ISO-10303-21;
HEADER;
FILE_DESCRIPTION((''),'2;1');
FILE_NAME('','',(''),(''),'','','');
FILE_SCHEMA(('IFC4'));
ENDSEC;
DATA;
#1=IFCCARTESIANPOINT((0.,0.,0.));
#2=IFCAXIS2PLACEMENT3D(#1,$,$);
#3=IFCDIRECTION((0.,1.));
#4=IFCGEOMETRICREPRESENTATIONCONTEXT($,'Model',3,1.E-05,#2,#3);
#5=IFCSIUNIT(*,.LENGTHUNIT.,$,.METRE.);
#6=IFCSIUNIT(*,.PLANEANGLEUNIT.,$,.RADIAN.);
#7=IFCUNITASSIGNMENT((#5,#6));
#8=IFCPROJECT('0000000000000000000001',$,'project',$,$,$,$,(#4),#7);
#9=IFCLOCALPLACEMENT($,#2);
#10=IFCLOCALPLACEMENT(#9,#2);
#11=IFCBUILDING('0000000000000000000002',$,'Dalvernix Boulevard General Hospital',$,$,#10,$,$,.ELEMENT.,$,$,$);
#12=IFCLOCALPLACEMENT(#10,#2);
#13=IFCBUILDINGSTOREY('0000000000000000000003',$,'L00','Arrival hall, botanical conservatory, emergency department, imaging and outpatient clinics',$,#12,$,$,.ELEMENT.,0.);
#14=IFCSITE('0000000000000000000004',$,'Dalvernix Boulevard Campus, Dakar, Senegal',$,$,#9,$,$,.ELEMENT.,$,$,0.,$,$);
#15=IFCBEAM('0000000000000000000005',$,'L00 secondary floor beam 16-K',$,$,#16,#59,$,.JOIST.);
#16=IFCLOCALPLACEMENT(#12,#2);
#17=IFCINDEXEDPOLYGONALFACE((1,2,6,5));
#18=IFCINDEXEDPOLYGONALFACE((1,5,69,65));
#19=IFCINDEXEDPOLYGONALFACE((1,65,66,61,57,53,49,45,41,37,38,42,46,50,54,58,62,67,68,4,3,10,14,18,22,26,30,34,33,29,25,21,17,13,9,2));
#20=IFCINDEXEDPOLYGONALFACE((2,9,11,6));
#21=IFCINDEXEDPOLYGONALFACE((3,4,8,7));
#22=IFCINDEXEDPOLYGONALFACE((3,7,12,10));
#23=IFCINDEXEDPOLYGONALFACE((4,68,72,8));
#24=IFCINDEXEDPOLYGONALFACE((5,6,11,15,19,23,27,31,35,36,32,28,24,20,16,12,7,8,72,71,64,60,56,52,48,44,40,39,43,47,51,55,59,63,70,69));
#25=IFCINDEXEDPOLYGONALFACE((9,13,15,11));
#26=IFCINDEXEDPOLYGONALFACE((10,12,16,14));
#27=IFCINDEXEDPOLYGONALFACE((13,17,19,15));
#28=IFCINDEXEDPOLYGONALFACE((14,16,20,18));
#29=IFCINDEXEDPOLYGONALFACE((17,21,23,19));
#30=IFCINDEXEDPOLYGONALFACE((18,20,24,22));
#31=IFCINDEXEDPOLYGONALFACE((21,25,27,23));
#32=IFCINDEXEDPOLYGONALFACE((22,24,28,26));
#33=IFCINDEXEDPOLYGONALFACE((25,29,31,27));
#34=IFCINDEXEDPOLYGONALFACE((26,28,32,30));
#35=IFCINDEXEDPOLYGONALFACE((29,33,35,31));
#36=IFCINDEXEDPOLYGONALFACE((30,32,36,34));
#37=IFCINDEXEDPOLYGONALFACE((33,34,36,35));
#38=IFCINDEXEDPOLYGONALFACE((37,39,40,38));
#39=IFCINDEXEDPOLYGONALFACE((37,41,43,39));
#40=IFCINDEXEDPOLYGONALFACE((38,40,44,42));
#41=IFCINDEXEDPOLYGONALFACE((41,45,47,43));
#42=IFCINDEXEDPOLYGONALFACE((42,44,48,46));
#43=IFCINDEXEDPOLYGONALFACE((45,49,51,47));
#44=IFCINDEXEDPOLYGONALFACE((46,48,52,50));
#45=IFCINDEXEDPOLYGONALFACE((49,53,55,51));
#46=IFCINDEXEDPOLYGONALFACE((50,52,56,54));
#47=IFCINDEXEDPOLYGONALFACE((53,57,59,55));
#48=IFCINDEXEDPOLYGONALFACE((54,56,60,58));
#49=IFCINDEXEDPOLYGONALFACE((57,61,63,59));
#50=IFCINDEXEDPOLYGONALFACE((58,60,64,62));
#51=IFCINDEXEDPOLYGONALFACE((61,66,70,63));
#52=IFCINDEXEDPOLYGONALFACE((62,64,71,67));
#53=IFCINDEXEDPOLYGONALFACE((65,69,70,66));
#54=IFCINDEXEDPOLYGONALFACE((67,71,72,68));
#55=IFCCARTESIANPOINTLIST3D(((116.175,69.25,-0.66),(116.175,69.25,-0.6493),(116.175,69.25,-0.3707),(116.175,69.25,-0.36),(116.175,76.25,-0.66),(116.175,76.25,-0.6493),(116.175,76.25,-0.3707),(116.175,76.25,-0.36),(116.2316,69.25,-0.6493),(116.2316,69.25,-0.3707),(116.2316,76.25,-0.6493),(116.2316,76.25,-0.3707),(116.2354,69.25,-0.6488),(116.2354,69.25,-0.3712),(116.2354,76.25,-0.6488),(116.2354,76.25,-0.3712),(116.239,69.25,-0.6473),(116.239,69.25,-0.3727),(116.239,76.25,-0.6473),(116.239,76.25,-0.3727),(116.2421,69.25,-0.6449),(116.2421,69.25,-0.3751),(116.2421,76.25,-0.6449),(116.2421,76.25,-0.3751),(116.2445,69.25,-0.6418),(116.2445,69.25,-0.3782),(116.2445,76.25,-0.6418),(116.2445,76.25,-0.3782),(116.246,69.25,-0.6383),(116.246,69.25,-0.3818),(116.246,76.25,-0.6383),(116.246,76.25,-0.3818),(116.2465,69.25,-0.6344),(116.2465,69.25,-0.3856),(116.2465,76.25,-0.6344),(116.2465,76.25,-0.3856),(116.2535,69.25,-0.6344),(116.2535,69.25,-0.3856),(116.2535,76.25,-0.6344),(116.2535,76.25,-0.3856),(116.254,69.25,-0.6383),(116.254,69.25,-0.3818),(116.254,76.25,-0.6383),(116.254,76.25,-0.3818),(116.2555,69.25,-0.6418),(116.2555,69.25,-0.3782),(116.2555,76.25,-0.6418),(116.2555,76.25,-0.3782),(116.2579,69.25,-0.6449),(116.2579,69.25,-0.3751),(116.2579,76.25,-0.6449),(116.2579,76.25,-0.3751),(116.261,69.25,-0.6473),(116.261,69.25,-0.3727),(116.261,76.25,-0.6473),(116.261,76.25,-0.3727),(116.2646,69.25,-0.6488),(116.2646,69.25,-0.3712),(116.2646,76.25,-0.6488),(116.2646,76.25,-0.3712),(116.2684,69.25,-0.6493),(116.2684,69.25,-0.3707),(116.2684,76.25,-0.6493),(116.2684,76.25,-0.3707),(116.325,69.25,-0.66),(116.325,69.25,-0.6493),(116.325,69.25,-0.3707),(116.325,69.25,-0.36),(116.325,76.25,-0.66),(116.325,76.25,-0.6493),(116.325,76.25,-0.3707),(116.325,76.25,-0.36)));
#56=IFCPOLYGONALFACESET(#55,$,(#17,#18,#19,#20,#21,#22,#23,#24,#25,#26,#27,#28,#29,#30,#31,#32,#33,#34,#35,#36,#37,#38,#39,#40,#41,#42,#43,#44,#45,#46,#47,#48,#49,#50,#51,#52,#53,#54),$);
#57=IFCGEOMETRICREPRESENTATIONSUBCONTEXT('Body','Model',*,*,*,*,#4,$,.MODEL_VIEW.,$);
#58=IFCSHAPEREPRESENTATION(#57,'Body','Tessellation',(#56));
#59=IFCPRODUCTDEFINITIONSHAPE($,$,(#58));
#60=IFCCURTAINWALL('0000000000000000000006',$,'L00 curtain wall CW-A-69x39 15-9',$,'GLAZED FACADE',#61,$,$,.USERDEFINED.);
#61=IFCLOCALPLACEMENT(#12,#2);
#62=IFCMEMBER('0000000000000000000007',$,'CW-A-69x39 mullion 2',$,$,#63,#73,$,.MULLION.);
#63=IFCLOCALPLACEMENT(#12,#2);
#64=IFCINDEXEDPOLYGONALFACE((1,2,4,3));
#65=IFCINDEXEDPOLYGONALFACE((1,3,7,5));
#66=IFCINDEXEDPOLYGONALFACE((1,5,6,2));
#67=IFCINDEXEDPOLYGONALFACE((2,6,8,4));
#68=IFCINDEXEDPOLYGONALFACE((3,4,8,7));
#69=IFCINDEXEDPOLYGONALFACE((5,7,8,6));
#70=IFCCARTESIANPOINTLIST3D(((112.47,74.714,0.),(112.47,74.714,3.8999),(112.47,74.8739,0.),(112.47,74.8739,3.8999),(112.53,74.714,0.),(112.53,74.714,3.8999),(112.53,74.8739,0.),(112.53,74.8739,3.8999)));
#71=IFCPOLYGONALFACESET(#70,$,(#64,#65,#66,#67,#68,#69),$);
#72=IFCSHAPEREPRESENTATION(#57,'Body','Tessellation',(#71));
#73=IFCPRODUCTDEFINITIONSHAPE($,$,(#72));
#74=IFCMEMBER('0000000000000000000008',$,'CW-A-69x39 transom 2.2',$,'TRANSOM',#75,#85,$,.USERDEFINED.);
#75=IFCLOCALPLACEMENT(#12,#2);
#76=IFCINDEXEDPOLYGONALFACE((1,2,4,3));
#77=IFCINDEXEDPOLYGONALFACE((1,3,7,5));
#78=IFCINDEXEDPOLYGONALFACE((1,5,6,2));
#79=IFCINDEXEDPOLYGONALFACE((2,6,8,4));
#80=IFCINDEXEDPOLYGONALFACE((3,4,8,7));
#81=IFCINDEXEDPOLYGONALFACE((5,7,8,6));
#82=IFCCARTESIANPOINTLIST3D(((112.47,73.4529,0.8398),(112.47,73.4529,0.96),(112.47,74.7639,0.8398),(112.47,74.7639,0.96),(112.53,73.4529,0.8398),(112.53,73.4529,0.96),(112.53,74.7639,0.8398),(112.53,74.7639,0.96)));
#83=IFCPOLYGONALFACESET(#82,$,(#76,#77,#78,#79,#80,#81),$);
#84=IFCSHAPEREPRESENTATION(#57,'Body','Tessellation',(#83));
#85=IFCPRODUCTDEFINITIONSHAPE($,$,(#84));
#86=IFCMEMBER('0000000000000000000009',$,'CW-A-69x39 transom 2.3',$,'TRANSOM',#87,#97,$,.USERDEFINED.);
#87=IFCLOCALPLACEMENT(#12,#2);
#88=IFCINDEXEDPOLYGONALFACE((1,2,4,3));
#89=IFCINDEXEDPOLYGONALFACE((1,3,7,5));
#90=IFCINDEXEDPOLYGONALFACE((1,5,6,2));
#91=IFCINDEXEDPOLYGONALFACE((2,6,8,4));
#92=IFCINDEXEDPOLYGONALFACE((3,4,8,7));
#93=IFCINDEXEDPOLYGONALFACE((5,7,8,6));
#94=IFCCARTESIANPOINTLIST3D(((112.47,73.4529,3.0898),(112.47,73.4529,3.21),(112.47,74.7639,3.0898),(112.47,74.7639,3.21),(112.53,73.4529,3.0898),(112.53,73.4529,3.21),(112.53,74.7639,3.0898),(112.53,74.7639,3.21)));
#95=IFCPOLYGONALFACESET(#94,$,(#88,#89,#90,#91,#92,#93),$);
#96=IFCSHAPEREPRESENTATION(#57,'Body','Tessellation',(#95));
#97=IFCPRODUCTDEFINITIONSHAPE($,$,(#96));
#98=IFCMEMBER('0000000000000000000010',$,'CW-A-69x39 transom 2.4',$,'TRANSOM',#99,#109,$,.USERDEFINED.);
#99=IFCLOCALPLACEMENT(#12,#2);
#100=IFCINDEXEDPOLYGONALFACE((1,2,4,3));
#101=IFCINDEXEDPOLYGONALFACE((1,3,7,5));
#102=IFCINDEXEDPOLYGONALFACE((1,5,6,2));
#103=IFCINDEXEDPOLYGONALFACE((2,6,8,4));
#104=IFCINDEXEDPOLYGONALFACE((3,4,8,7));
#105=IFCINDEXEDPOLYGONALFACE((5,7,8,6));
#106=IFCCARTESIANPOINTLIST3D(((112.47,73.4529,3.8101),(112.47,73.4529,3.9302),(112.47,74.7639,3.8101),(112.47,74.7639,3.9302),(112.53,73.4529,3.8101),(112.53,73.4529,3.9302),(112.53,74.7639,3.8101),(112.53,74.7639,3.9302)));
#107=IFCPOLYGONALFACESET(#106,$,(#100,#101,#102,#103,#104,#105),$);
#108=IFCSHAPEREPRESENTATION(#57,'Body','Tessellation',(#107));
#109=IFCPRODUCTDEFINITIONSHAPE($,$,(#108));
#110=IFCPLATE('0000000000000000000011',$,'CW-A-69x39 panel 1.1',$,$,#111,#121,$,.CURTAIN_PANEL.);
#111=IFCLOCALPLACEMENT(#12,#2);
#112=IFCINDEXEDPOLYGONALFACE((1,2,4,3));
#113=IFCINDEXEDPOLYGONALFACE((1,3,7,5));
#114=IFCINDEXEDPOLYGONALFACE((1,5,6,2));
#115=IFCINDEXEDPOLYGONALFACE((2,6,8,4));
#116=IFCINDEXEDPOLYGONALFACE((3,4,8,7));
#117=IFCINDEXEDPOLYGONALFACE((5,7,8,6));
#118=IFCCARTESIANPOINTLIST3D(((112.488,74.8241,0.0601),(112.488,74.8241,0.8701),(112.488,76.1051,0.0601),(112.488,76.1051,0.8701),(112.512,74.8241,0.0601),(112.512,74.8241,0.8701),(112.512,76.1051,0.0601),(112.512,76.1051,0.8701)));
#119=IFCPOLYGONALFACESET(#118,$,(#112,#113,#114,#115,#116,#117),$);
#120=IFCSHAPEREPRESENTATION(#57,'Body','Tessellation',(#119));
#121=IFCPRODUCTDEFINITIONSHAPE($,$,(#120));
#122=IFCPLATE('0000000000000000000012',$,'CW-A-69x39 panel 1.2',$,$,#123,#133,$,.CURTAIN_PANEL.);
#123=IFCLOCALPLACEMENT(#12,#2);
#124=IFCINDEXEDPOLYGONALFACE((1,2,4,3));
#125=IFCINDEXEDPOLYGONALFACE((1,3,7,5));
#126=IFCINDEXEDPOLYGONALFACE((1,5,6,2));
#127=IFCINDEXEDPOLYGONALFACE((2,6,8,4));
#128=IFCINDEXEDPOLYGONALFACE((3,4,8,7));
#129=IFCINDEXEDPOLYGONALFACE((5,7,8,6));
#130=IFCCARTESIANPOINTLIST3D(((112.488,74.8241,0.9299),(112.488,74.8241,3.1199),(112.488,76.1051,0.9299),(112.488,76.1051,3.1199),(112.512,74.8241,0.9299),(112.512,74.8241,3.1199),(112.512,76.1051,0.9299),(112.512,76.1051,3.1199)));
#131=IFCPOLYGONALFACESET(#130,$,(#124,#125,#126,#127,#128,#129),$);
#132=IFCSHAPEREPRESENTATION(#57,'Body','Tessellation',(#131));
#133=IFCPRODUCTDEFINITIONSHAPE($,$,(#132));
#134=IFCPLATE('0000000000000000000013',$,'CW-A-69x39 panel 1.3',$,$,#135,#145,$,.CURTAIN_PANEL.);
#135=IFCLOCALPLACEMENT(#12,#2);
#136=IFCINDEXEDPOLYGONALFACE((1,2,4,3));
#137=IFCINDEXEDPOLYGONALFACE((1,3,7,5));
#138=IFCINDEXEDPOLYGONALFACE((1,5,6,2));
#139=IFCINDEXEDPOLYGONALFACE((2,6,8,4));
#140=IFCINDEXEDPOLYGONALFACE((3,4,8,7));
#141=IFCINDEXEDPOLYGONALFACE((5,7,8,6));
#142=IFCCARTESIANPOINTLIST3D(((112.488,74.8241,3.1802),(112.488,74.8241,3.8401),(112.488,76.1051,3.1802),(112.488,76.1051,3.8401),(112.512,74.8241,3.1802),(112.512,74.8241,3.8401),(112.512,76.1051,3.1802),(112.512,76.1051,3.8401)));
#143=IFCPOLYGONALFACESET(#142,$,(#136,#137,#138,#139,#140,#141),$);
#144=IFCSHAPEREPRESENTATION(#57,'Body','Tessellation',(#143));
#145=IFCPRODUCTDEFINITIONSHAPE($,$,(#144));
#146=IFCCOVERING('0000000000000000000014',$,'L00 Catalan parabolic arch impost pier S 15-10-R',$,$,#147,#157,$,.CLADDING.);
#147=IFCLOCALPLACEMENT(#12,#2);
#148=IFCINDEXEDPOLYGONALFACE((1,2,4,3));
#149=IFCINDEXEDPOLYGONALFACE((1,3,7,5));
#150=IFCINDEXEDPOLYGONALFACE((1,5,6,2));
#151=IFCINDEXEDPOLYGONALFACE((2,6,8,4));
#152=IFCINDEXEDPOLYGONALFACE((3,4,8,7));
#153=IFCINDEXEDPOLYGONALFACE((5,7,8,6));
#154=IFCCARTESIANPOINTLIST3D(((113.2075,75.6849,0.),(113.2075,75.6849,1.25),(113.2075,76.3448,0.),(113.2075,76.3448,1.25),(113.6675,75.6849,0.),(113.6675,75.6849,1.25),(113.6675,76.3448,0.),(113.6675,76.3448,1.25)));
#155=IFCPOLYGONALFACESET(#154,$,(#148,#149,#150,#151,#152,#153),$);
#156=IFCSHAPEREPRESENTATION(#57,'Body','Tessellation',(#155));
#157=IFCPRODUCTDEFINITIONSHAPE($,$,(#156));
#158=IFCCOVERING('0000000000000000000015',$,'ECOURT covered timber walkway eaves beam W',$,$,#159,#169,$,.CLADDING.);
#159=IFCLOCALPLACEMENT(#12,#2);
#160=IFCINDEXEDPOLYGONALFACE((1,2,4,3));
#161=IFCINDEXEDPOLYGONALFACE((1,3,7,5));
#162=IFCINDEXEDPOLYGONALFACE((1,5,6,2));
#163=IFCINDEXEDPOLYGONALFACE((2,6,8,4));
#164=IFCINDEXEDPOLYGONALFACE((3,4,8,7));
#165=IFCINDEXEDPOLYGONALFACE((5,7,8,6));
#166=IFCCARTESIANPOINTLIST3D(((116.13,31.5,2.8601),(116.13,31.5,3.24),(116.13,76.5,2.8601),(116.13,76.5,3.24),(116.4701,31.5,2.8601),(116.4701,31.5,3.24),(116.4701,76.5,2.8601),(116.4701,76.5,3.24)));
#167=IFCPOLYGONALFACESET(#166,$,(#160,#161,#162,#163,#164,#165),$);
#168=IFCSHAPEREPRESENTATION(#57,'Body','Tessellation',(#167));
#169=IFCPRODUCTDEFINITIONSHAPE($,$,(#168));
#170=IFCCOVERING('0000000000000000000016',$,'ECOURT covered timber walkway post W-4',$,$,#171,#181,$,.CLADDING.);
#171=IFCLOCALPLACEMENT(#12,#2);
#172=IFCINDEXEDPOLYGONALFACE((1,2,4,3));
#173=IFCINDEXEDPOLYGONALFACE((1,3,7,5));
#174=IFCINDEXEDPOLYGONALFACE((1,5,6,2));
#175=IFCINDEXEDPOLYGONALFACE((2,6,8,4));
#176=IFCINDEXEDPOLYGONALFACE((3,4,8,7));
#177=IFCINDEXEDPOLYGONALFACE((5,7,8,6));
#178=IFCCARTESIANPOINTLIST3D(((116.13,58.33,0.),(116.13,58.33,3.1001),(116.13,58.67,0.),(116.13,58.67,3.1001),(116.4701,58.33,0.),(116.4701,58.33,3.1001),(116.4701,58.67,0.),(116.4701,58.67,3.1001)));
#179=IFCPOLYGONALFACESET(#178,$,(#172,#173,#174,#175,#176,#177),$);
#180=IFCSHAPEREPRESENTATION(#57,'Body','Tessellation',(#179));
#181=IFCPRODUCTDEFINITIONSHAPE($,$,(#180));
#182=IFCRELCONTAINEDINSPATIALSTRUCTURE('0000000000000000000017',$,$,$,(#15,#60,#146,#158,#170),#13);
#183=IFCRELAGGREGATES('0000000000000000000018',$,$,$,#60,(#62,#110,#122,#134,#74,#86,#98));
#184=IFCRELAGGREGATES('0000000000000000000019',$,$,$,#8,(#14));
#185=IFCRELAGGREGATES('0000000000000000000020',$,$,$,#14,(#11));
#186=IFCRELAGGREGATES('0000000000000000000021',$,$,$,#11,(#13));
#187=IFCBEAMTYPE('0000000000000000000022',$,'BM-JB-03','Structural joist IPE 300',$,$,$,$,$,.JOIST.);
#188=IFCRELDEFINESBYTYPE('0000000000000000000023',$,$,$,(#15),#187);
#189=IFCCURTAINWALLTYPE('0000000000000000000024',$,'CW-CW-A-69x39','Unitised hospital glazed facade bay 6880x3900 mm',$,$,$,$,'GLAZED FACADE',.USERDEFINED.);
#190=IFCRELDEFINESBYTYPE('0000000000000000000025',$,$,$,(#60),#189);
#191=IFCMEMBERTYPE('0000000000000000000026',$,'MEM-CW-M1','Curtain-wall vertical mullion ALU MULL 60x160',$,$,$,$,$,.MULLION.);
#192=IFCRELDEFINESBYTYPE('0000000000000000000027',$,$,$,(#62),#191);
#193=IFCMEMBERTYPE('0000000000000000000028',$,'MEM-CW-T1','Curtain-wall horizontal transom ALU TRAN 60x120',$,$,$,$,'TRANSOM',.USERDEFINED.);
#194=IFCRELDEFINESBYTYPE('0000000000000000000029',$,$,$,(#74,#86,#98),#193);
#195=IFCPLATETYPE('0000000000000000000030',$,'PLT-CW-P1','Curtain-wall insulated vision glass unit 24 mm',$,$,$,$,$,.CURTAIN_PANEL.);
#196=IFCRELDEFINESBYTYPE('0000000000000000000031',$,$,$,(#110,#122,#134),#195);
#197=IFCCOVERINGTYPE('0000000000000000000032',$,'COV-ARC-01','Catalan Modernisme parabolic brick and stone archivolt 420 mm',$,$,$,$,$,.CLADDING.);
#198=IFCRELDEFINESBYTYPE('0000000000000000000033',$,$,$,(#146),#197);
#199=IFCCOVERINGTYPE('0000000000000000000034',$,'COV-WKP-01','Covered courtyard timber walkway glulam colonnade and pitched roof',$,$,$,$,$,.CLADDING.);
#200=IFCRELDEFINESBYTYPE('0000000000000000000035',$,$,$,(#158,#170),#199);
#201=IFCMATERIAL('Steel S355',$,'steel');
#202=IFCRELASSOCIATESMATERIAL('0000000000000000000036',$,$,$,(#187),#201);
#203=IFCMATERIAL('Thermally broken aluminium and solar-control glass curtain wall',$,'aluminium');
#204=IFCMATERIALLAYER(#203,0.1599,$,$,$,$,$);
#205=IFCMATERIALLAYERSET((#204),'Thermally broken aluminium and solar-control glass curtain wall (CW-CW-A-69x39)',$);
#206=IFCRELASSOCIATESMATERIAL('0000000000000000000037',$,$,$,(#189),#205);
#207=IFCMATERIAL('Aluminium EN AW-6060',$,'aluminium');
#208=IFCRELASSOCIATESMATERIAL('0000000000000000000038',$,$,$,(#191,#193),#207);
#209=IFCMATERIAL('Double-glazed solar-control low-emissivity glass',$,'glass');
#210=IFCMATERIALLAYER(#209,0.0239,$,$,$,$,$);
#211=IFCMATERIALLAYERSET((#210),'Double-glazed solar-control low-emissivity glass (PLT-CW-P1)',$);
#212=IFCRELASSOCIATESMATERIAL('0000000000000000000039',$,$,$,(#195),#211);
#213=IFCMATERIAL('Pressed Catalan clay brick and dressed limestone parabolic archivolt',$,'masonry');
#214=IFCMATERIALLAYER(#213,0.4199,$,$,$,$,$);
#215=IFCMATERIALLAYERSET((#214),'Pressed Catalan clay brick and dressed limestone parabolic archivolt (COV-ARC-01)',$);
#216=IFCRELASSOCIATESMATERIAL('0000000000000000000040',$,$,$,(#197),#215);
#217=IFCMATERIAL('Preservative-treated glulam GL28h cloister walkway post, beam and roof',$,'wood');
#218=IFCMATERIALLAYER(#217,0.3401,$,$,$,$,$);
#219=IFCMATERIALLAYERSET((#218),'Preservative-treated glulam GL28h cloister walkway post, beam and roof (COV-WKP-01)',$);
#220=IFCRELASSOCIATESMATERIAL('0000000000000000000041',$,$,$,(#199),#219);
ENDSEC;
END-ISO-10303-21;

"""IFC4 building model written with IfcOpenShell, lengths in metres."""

from ifc_helpers import new_model, si_unit, direction, frame, origin, origin_2d, place, context, subcontext, project, spatial, rectangle, i_section, extrude, material, layer, layer_set, material_profile, profile_set, type_object, element, aggregate, save


model = new_model("IFC4")

# Units and contexts
model_context = context("Model", 3, precision=1e-05, world=origin(), true_north=direction((0.0, 1.0)))
body_context = subcontext(model_context, "Body", "Model", "MODEL_VIEW")
ifc_project = project(units=[si_unit("LENGTHUNIT", "METRE"), si_unit("PLANEANGLEUNIT", "RADIAN")], contexts=[model_context])

# Site, building, storey
site_placement = place(None, origin())
site = spatial("IfcSite", under=ifc_project, at=site_placement, Name="Dalvernix Boulevard Campus, Dakar, Senegal", CompositionType="ELEMENT", RefElevation=0.0)
building_placement = place(site_placement, origin())
building = spatial("IfcBuilding", under=site, at=building_placement, Name="Dalvernix Boulevard General Hospital", CompositionType="ELEMENT")
storey_placement = place(building_placement, origin())
storey = spatial("IfcBuildingStorey", under=building, at=storey_placement, Name="L00", Description="Arrival hall, botanical conservatory, emergency department, imaging and outpatient clinics", CompositionType="ELEMENT", Elevation=0.0)

# Beam
ifc_material_1 = material(Name="Steel S355", Category="steel")
ifc_material_profile_1 = material_profile(ifc_material_1, i_section(OverallWidth=0.1499, OverallDepth=0.3, WebThickness=0.0071, FlangeThickness=0.0107, FilletRadius=0.0149, at=origin_2d()), Name="IPE 300")
ifc_profile_set_1 = profile_set([ifc_material_profile_1], Name="Steel S355")
beam_type_1 = type_object("IfcBeamType", Name="BM-JB-03", Description="Structural joist IPE 300", PredefinedType="JOIST", material=ifc_profile_set_1)
for number, where, z_axis, x_axis, name in (
    (1, (116.25, 69.25, -0.51), (0.0, 1.0, 0.0), (-1.0, 0.0, 0.0), "L00 secondary floor beam 16-K"),
):
    element("IfcBeam", number, at=place(storey_placement, frame(where, z_axis=z_axis, x_axis=x_axis)), inside=storey, type_object=beam_type_1, Name=name, PredefinedType="JOIST", context=body_context, shape_type="SweptSolid", body=[
        extrude(i_section(OverallWidth=0.1499, OverallDepth=0.3, WebThickness=0.0071, FlangeThickness=0.0107, FilletRadius=0.0149, at=origin_2d()), origin(), (0.0, 0.0, 1.0), 7.0),
    ])

# Curtain wall, members, plates
ifc_material_2 = material(Name="Thermally broken aluminium and solar-control glass curtain wall", Category="aluminium")
ifc_layer_1 = layer(ifc_material_2, 0.1599)
ifc_layer_set_1 = layer_set([ifc_layer_1], Name="Thermally broken aluminium and solar-control glass curtain wall (CW-CW-A-69x39)")
curtain_wall_type = type_object("IfcCurtainWallType", Name="CW-CW-A-69x39", Description="Unitised hospital glazed facade bay 6880x3900 mm", ElementType="GLAZED FACADE", PredefinedType="USERDEFINED", material=ifc_layer_set_1)
curtain_wall_placement = place(storey_placement, origin())
curtain_wall = element("IfcCurtainWall", 2, at=curtain_wall_placement, inside=storey, type_object=curtain_wall_type, Name="L00 curtain wall CW-A-69x39 15-9", ObjectType="GLAZED FACADE", PredefinedType="USERDEFINED")
ifc_material_3 = material(Name="Aluminium EN AW-6060", Category="aluminium")
ifc_material_profile_2 = material_profile(ifc_material_3, rectangle(XDim=0.0601, YDim=0.1599, at=origin_2d()), Name="ALU MULL 60x160")
ifc_profile_set_2 = profile_set([ifc_material_profile_2], Name="Aluminium EN AW-6060")
member_type_1 = type_object("IfcMemberType", Name="MEM-CW-M1", Description="Curtain-wall vertical mullion ALU MULL 60x160", PredefinedType="MULLION", material=ifc_profile_set_2)
member_1_placement = place(storey_placement, frame((112.5, 74.7939, 0.0), z_axis=(0.0, 0.0, 1.0), x_axis=(1.0, 0.0, 0.0)))
member_1 = element("IfcMember", 3, at=member_1_placement, type_object=member_type_1, Name="CW-A-69x39 mullion 2", PredefinedType="MULLION", context=body_context, shape_type="SweptSolid", body=[
    extrude(rectangle(XDim=0.0601, YDim=0.1599, at=origin_2d()), origin(), (0.0, 0.0, 1.0), 3.8999),
])
ifc_material_profile_3 = material_profile(ifc_material_3, rectangle(XDim=0.0601, YDim=0.1201, at=origin_2d()), Name="ALU TRAN 60x120")
ifc_profile_set_3 = profile_set([ifc_material_profile_3], Name="Aluminium EN AW-6060")
member_type_2 = type_object("IfcMemberType", Name="MEM-CW-T1", Description="Curtain-wall horizontal transom ALU TRAN 60x120", ElementType="TRANSOM", PredefinedType="USERDEFINED", material=ifc_profile_set_3)
member_2_placement = place(storey_placement, frame((112.5, 74.7639, 0.8999), z_axis=(0.0, -1.0, 0.0), x_axis=(1.0, 0.0, 0.0)))
member_2 = element("IfcMember", 4, at=member_2_placement, type_object=member_type_2, Name="CW-A-69x39 transom 2.2", ObjectType="TRANSOM", PredefinedType="USERDEFINED", context=body_context, shape_type="SweptSolid", body=[
    extrude(rectangle(XDim=0.0601, YDim=0.1201, at=origin_2d()), origin(), (0.0, 0.0, 1.0), 1.311),
])
member_3_placement = place(storey_placement, frame((112.5, 74.7639, 3.1499), z_axis=(0.0, -1.0, 0.0), x_axis=(1.0, 0.0, 0.0)))
member_3 = element("IfcMember", 5, at=member_3_placement, type_object=member_type_2, Name="CW-A-69x39 transom 2.3", ObjectType="TRANSOM", PredefinedType="USERDEFINED", context=body_context, shape_type="SweptSolid", body=[
    extrude(rectangle(XDim=0.0601, YDim=0.1201, at=origin_2d()), origin(), (0.0, 0.0, 1.0), 1.311),
])
member_4_placement = place(storey_placement, frame((112.5, 74.7639, 3.8701), z_axis=(0.0, -1.0, 0.0), x_axis=(1.0, 0.0, 0.0)))
member_4 = element("IfcMember", 6, at=member_4_placement, type_object=member_type_2, Name="CW-A-69x39 transom 2.4", ObjectType="TRANSOM", PredefinedType="USERDEFINED", context=body_context, shape_type="SweptSolid", body=[
    extrude(rectangle(XDim=0.0601, YDim=0.1201, at=origin_2d()), origin(), (0.0, 0.0, 1.0), 1.311),
])
ifc_material_4 = material(Name="Double-glazed solar-control low-emissivity glass", Category="glass")
ifc_layer_2 = layer(ifc_material_4, 0.0239)
ifc_layer_set_2 = layer_set([ifc_layer_2], Name="Double-glazed solar-control low-emissivity glass (PLT-CW-P1)")
plate_type = type_object("IfcPlateType", Name="PLT-CW-P1", Description="Curtain-wall insulated vision glass unit 24 mm", PredefinedType="CURTAIN_PANEL", material=ifc_layer_set_2)
plate_1_placement = place(storey_placement, frame((112.5, 75.4646, 0.0601), z_axis=(0.0, 0.0, 1.0), x_axis=(0.0, -1.0, 0.0)))
plate_1 = element("IfcPlate", 7, at=plate_1_placement, type_object=plate_type, Name="CW-A-69x39 panel 1.1", PredefinedType="CURTAIN_PANEL", context=body_context, shape_type="SweptSolid", body=[
    extrude(rectangle(XDim=1.281, YDim=0.0239, at=origin_2d()), origin(), (0.0, 0.0, 1.0), 0.8101),
])
plate_2_placement = place(storey_placement, frame((112.5, 75.4646, 0.9299), z_axis=(0.0, 0.0, 1.0), x_axis=(0.0, -1.0, 0.0)))
plate_2 = element("IfcPlate", 8, at=plate_2_placement, type_object=plate_type, Name="CW-A-69x39 panel 1.2", PredefinedType="CURTAIN_PANEL", context=body_context, shape_type="SweptSolid", body=[
    extrude(rectangle(XDim=1.281, YDim=0.0239, at=origin_2d()), origin(), (0.0, 0.0, 1.0), 2.1899),
])
plate_3_placement = place(storey_placement, frame((112.5, 75.4646, 3.1802), z_axis=(0.0, 0.0, 1.0), x_axis=(0.0, -1.0, 0.0)))
plate_3 = element("IfcPlate", 9, at=plate_3_placement, type_object=plate_type, Name="CW-A-69x39 panel 1.3", PredefinedType="CURTAIN_PANEL", context=body_context, shape_type="SweptSolid", body=[
    extrude(rectangle(XDim=1.281, YDim=0.0239, at=origin_2d()), origin(), (0.0, 0.0, 1.0), 0.6599),
])
aggregate(curtain_wall, [member_1, plate_1, plate_2, plate_3, member_2, member_3, member_4])

# Coverings
ifc_material_5 = material(Name="Pressed Catalan clay brick and dressed limestone parabolic archivolt", Category="masonry")
ifc_layer_3 = layer(ifc_material_5, 0.4199)
ifc_layer_set_3 = layer_set([ifc_layer_3], Name="Pressed Catalan clay brick and dressed limestone parabolic archivolt (COV-ARC-01)")
covering_type_1 = type_object("IfcCoveringType", Name="COV-ARC-01", Description="Catalan Modernisme parabolic brick and stone archivolt 420 mm", PredefinedType="CLADDING", material=ifc_layer_set_3)
covering_1_placement = place(storey_placement, frame((113.4375, 76.0149, 0.0), z_axis=(0.0, 0.0, 1.0), x_axis=(-1.0, 0.0, 0.0)))
element("IfcCovering", 10, at=covering_1_placement, inside=storey, type_object=covering_type_1, Name="L00 Catalan parabolic arch impost pier S 15-10-R", PredefinedType="CLADDING", context=body_context, shape_type="SweptSolid", body=[
    extrude(rectangle(XDim=0.46, YDim=0.6599, at=origin_2d()), origin(), (0.0, 0.0, 1.0), 1.25),
])
ifc_material_6 = material(Name="Preservative-treated glulam GL28h cloister walkway post, beam and roof", Category="wood")
ifc_layer_4 = layer(ifc_material_6, 0.3401)
ifc_layer_set_4 = layer_set([ifc_layer_4], Name="Preservative-treated glulam GL28h cloister walkway post, beam and roof (COV-WKP-01)")
covering_type_2 = type_object("IfcCoveringType", Name="COV-WKP-01", Description="Covered courtyard timber walkway glulam colonnade and pitched roof", PredefinedType="CLADDING", material=ifc_layer_set_4)
covering_2_placement = place(storey_placement, frame((116.3, 54.0, 2.8601), z_axis=(0.0, 0.0, 1.0), x_axis=(1.0, 0.0, 0.0)))
element("IfcCovering", 11, at=covering_2_placement, inside=storey, type_object=covering_type_2, Name="ECOURT covered timber walkway eaves beam W", PredefinedType="CLADDING", context=body_context, shape_type="SweptSolid", body=[
    extrude(rectangle(XDim=0.3401, YDim=45.0, at=origin_2d()), origin(), (0.0, 0.0, 1.0), 0.3799),
])
for number, where, z_axis, x_axis, name in (
    (12, (116.3, 58.5, 0.0), (0.0, 0.0, 1.0), (1.0, 0.0, 0.0), "ECOURT covered timber walkway post W-4"),
):
    element("IfcCovering", number, at=place(storey_placement, frame(where, z_axis=z_axis, x_axis=x_axis)), inside=storey, type_object=covering_type_2, Name=name, PredefinedType="CLADDING", context=body_context, shape_type="SweptSolid", body=[
        extrude(rectangle(XDim=0.3401, YDim=0.3401, at=origin_2d()), origin(), (0.0, 0.0, 1.0), 3.1001),
    ])

save(model, "model.ifc")
